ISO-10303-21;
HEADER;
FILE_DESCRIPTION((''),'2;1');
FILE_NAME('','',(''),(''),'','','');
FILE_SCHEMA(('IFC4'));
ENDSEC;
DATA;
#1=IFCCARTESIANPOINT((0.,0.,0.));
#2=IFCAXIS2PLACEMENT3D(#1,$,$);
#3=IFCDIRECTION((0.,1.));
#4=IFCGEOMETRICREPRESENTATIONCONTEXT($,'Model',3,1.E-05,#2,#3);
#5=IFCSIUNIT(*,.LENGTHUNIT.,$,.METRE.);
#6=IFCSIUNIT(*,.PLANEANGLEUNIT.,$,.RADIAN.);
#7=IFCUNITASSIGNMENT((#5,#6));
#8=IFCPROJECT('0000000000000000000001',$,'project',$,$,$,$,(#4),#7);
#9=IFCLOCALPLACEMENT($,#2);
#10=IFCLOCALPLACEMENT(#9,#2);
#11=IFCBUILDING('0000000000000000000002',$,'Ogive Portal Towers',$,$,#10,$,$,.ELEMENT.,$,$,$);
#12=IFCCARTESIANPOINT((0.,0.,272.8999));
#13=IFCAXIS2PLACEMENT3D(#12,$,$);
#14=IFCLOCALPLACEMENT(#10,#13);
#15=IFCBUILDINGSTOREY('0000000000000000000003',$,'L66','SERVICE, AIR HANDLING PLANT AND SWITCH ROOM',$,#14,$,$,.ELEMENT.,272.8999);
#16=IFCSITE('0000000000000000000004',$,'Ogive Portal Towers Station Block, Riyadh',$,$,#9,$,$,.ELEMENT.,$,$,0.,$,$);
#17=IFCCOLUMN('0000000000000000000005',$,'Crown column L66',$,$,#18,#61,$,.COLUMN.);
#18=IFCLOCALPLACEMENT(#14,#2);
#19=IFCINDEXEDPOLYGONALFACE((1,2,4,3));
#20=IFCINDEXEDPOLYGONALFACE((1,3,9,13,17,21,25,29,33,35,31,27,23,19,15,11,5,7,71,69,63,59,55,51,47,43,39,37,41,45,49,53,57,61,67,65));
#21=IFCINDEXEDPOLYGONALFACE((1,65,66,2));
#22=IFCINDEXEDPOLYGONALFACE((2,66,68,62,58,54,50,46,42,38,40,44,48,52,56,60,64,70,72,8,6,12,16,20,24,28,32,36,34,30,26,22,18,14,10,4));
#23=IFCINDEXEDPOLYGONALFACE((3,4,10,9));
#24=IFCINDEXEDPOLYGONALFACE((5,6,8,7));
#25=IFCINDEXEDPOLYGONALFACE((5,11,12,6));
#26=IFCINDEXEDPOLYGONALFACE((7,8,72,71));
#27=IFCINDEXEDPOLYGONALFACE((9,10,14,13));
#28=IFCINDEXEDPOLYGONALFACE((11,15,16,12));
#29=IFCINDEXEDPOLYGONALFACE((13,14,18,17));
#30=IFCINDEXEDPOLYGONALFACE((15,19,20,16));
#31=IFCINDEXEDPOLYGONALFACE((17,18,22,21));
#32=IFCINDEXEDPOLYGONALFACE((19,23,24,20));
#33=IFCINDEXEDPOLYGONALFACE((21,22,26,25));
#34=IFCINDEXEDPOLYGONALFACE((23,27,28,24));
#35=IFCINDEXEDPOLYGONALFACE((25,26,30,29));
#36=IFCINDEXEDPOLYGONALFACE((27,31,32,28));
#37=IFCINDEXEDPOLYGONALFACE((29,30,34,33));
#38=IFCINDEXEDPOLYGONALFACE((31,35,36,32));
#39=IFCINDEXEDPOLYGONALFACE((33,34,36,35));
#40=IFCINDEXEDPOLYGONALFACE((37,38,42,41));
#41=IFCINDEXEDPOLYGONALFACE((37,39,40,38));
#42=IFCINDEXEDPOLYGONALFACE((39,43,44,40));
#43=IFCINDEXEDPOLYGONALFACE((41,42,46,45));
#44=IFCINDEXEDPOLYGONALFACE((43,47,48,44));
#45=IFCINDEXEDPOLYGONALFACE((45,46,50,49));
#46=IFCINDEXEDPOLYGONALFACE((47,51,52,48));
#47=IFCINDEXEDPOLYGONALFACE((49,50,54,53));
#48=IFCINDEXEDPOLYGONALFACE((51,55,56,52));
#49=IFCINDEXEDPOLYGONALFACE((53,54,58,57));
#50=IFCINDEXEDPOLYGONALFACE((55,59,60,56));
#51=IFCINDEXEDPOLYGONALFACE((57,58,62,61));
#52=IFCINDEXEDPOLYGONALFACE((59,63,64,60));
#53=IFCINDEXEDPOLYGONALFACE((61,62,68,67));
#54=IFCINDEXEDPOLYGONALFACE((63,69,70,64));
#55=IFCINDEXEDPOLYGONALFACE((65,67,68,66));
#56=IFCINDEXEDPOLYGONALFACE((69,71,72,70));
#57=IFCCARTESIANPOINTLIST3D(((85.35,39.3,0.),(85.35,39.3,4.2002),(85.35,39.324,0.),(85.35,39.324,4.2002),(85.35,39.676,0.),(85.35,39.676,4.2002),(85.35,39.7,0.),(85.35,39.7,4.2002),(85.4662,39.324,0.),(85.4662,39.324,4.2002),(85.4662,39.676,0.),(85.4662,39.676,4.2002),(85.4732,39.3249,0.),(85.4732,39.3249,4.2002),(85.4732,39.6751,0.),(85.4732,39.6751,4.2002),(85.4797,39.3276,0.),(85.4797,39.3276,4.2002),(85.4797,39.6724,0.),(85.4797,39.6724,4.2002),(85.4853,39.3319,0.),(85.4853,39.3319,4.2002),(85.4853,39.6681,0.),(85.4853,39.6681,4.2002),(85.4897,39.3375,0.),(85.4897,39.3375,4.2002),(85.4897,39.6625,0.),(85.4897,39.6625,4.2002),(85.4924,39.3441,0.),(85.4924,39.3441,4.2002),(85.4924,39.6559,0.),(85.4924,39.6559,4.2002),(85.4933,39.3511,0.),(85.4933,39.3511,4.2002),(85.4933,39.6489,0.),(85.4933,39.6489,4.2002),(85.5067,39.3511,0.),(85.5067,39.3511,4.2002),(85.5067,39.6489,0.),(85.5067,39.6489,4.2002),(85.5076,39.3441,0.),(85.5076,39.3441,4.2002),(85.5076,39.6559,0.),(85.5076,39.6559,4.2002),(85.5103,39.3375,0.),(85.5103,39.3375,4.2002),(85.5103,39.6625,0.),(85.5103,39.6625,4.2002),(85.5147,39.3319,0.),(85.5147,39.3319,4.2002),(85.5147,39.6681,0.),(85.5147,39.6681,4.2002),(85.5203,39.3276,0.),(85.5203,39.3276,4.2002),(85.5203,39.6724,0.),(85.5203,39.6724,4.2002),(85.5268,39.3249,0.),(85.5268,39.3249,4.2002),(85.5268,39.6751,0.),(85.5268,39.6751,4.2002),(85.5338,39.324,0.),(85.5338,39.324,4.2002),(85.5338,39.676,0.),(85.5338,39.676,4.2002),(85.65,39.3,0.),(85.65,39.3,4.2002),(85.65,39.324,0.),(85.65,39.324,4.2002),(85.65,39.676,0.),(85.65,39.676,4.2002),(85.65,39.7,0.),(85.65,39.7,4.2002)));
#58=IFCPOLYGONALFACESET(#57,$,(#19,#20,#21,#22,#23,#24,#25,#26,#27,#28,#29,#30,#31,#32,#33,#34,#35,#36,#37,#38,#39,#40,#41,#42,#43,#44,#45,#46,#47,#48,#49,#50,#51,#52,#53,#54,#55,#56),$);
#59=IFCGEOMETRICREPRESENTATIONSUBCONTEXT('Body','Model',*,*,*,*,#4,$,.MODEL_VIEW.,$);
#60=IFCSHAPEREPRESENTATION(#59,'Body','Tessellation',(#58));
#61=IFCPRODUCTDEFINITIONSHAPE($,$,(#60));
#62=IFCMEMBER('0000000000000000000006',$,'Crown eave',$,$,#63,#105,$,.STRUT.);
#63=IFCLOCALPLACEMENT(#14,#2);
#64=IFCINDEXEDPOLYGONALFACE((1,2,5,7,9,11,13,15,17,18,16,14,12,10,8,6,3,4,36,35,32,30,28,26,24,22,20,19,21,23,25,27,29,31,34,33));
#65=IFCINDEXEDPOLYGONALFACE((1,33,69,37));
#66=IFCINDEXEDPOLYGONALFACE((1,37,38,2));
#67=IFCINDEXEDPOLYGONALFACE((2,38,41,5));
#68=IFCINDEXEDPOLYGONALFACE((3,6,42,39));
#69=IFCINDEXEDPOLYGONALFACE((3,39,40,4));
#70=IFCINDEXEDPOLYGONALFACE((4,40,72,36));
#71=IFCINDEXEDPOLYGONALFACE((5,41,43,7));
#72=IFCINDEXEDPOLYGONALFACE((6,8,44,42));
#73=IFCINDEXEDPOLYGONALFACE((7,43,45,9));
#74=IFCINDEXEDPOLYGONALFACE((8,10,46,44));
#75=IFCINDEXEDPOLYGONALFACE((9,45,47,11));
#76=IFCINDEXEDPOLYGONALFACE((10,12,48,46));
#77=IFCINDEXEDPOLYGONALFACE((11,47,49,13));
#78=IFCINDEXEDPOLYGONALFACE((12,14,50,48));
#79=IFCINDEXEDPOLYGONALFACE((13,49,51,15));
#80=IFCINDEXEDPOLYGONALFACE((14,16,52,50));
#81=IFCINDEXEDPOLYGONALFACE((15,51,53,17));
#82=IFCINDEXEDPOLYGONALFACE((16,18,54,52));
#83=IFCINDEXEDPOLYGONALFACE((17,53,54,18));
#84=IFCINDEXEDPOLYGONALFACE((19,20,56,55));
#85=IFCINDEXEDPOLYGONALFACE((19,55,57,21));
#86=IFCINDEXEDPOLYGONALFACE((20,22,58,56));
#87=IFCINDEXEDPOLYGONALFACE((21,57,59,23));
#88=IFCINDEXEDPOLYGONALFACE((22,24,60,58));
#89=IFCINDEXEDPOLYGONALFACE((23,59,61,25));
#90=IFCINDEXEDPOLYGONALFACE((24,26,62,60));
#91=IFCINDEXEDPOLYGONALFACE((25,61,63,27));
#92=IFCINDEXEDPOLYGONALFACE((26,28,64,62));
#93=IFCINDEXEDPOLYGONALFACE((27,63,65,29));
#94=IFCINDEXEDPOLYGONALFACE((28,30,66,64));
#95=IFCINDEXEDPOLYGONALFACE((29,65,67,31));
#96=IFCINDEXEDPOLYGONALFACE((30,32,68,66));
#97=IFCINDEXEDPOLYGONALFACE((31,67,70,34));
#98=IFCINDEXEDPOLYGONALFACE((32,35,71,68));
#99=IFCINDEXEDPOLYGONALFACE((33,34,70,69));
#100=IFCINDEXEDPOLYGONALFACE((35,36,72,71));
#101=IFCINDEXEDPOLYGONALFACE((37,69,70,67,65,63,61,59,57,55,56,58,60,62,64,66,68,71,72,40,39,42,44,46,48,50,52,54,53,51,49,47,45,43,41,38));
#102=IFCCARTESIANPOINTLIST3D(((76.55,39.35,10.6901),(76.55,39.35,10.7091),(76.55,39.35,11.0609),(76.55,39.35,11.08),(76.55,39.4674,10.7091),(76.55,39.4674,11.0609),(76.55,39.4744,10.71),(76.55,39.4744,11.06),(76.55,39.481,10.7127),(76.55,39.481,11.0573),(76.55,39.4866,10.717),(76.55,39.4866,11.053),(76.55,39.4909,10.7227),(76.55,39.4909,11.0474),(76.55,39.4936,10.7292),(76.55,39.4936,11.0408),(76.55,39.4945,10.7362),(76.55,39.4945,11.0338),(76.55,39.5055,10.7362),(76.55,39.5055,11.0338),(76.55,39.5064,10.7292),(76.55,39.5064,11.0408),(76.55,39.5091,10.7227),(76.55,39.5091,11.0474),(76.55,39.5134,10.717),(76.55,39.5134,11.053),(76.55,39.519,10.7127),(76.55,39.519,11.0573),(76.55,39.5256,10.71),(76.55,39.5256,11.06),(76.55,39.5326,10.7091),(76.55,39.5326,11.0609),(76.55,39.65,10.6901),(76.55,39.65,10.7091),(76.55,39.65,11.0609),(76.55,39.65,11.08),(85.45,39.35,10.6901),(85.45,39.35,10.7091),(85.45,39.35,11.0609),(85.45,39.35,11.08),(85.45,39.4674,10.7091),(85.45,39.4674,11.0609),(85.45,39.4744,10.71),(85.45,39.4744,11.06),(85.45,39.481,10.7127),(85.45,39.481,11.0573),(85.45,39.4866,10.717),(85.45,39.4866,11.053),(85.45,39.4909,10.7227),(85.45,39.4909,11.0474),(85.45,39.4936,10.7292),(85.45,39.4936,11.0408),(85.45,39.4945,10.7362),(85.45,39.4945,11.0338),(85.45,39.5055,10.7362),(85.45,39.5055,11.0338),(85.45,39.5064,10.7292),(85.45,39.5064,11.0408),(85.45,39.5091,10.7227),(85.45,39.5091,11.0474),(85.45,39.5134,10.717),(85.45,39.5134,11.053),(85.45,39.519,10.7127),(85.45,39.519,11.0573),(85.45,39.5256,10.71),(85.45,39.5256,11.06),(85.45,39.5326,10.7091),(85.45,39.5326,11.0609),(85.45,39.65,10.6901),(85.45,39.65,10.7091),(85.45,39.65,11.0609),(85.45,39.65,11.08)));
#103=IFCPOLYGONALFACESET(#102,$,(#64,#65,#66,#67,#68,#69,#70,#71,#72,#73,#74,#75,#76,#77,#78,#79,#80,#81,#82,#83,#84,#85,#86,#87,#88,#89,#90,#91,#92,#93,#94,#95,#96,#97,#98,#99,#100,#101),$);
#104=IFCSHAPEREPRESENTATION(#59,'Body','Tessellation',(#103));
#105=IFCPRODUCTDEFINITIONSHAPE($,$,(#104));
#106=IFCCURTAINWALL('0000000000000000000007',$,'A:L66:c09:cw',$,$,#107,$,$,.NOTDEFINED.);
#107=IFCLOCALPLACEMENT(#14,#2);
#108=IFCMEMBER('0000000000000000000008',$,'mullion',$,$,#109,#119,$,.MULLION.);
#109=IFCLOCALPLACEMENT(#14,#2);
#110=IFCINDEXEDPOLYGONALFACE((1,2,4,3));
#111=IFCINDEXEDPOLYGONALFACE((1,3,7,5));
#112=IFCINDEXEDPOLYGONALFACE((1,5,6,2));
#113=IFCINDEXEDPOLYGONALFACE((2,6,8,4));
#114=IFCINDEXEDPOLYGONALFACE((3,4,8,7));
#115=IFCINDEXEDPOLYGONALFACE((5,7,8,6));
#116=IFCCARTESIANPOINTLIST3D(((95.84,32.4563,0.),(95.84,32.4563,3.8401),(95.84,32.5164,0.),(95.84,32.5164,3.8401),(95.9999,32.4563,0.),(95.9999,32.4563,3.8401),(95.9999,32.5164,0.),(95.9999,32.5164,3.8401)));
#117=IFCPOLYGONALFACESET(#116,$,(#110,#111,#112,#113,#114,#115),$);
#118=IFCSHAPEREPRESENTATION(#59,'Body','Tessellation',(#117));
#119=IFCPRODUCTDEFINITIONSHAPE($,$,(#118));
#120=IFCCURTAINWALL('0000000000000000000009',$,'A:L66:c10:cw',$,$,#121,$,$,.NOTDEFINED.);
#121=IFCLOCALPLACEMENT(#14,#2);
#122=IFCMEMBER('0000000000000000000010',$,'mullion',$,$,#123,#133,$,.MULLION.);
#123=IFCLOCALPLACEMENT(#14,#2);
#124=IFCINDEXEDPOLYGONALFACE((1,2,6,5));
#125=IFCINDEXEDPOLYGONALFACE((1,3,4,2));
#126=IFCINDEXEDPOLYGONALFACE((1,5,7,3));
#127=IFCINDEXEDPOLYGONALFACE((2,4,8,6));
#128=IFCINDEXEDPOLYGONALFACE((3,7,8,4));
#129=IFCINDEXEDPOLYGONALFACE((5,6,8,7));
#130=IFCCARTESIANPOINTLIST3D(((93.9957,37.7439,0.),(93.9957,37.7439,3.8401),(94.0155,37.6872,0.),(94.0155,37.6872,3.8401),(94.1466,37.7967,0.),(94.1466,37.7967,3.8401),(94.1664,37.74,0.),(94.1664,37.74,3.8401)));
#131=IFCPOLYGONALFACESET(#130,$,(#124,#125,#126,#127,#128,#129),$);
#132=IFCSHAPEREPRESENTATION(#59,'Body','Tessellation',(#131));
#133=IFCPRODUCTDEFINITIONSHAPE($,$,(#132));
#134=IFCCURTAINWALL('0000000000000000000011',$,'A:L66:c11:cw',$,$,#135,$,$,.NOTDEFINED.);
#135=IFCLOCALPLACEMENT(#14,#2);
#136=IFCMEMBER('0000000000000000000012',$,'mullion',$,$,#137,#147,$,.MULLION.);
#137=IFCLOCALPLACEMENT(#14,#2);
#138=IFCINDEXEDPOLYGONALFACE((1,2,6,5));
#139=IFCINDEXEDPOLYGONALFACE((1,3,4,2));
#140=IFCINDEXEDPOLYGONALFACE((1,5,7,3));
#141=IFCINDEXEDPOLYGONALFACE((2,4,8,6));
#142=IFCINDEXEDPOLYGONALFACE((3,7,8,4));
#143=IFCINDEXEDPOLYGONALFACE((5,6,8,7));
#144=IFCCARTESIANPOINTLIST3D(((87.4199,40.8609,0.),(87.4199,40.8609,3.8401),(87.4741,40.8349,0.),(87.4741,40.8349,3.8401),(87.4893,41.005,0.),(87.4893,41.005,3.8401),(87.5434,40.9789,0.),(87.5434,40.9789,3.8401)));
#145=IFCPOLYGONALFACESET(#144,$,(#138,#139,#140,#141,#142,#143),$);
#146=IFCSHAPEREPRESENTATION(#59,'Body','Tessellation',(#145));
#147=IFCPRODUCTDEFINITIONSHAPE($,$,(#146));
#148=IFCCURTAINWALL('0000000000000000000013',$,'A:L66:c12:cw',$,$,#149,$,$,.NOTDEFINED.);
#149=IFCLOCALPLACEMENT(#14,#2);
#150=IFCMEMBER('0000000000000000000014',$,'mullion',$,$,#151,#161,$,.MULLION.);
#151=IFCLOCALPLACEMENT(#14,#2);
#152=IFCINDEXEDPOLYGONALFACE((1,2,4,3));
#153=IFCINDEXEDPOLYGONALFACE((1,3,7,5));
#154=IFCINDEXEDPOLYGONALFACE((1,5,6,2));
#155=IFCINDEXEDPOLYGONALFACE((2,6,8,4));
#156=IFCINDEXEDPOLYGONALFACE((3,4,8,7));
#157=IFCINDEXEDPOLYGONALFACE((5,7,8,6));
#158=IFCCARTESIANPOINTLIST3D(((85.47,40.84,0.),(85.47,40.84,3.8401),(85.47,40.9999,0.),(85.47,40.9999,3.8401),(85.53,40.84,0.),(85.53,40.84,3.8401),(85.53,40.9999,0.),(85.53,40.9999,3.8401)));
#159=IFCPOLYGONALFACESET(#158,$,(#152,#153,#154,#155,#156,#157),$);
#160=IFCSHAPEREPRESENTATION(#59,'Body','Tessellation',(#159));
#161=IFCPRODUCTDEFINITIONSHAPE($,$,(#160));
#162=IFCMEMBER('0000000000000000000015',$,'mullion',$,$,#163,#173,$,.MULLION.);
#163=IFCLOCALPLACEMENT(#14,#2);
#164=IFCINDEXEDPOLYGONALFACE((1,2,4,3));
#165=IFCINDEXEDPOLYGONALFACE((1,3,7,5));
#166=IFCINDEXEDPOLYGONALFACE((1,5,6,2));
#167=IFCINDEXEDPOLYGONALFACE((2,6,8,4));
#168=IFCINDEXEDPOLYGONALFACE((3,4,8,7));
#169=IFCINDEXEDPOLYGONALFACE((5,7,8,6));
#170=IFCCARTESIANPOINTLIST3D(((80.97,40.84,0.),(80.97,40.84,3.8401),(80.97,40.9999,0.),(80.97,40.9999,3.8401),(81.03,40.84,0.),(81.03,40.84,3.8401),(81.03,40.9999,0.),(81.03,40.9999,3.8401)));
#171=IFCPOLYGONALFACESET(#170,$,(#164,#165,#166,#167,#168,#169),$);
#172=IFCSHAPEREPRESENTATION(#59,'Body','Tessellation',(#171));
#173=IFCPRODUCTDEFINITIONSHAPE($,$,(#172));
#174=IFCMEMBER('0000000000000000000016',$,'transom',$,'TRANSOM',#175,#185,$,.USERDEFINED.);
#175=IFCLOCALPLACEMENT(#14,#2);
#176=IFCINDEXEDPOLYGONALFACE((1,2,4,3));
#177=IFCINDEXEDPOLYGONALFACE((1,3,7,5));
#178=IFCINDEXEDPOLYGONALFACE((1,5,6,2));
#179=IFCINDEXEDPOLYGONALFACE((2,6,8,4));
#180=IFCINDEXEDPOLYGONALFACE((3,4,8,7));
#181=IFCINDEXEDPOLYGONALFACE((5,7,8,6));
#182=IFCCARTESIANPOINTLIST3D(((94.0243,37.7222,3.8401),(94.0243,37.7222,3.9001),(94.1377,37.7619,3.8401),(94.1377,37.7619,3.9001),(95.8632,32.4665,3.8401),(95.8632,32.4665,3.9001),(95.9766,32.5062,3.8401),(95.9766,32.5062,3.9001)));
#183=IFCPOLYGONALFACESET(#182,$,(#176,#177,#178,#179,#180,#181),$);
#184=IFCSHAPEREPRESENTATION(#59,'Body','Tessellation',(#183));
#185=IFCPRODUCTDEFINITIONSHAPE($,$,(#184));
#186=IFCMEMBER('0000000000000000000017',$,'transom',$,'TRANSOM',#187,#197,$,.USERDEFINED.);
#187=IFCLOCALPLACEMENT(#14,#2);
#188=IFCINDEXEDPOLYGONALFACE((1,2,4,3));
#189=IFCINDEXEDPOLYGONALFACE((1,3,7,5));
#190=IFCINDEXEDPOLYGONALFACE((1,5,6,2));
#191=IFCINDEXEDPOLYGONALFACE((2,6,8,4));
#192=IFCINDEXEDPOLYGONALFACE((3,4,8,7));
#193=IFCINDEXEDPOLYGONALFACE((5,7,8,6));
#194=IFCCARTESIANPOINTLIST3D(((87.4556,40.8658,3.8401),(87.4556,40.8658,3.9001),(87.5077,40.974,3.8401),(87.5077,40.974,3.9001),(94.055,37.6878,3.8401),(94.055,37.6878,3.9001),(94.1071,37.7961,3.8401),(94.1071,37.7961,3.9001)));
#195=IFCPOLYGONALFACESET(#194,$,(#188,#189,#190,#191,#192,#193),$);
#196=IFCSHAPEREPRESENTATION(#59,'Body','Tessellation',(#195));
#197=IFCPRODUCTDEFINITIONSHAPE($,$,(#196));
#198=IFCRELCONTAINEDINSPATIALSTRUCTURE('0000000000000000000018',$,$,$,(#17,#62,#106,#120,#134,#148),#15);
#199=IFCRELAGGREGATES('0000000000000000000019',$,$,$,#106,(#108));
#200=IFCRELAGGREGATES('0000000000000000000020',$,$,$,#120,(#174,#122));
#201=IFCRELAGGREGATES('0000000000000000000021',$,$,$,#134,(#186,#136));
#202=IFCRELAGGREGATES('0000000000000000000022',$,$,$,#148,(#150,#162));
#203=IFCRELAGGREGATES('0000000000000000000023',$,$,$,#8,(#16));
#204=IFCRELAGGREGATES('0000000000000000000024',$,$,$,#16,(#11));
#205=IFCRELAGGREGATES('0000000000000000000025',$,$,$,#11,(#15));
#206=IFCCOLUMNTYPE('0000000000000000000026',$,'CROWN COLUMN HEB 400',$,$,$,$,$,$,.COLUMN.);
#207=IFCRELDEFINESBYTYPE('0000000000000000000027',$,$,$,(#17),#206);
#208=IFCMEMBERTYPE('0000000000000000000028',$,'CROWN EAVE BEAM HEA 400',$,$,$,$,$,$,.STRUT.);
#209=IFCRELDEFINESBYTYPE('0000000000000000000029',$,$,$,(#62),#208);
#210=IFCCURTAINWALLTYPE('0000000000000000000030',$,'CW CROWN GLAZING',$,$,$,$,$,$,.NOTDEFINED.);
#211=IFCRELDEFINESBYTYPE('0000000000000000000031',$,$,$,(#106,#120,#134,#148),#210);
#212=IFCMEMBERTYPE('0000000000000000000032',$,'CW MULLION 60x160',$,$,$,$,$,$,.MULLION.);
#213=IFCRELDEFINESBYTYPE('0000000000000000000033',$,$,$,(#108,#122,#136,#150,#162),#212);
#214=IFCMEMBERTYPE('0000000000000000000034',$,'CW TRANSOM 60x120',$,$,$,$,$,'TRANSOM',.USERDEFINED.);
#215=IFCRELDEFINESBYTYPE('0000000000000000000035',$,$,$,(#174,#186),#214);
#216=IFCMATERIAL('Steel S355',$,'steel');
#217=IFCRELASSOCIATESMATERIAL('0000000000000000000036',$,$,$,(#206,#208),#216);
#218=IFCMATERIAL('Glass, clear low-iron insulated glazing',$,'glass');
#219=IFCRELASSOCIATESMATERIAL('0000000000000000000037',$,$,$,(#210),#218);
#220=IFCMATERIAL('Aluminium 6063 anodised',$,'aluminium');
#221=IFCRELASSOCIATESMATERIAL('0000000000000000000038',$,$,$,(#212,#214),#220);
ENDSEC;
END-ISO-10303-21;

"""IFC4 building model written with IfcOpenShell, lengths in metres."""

from ifc_helpers import new_model, si_unit, direction, frame, origin, origin_2d, place, context, subcontext, project, spatial, rectangle, i_section, extrude, material, material_profile, profile_set, type_object, element, aggregate, save


model = new_model("IFC4")

# Units and contexts
model_context = context("Model", 3, precision=1e-05, world=origin(), true_north=direction((0.0, 1.0)))
body_context = subcontext(model_context, "Body", "Model", "MODEL_VIEW")
ifc_project = project(units=[si_unit("LENGTHUNIT", "METRE"), si_unit("PLANEANGLEUNIT", "RADIAN")], contexts=[model_context])

# Site, building, storey
site_placement = place(None, origin())
site = spatial("IfcSite", under=ifc_project, at=site_placement, Name="Ogive Portal Towers Station Block, Riyadh", CompositionType="ELEMENT", RefElevation=0.0)
building_placement = place(site_placement, origin())
building = spatial("IfcBuilding", under=site, at=building_placement, Name="Ogive Portal Towers", CompositionType="ELEMENT")
storey_placement = place(building_placement, frame((0.0, 0.0, 272.8999)))
storey = spatial("IfcBuildingStorey", under=building, at=storey_placement, Name="L66", Description="SERVICE, AIR HANDLING PLANT AND SWITCH ROOM", CompositionType="ELEMENT", Elevation=272.8999)

# Column
ifc_material_1 = material(Name="Steel S355", Category="steel")
ifc_material_profile_1 = material_profile(ifc_material_1, i_section(OverallWidth=0.3, OverallDepth=0.3999, WebThickness=0.0134, FlangeThickness=0.0239, FilletRadius=0.0271, at=origin_2d()), Name="HEB 400")
ifc_profile_set_1 = profile_set([ifc_material_profile_1], Name="Steel S355")
column_type = type_object("IfcColumnType", Name="CROWN COLUMN HEB 400", PredefinedType="COLUMN", material=ifc_profile_set_1)
column_placement = place(storey_placement, frame((85.5, 39.5, 0.0), z_axis=(0.0, 0.0, 1.0), x_axis=(1.0, 0.0, 0.0)))
element("IfcColumn", 1, at=column_placement, inside=storey, type_object=column_type, Name="Crown column L66", PredefinedType="COLUMN", context=body_context, shape_type="SweptSolid", body=[
    extrude(i_section(OverallWidth=0.3, OverallDepth=0.3999, WebThickness=0.0134, FlangeThickness=0.0239, FilletRadius=0.0271, at=origin_2d()), origin(), (0.0, 0.0, 1.0), 4.2002),
])

# Member
ifc_material_profile_2 = material_profile(ifc_material_1, i_section(OverallWidth=0.3, OverallDepth=0.3899, WebThickness=0.011, FlangeThickness=0.019, FilletRadius=0.0271, at=origin_2d()), Name="HEA 400")
ifc_profile_set_2 = profile_set([ifc_material_profile_2], Name="Steel S355")
member_type_1 = type_object("IfcMemberType", Name="CROWN EAVE BEAM HEA 400", PredefinedType="STRUT", material=ifc_profile_set_2)
member_1_placement = place(storey_placement, frame((76.55, 39.5, 10.885), z_axis=(1.0, 0.0, 0.0), x_axis=(0.0, 1.0, 0.0)))
element("IfcMember", 2, at=member_1_placement, inside=storey, type_object=member_type_1, Name="Crown eave", PredefinedType="STRUT", context=body_context, shape_type="SweptSolid", body=[
    extrude(i_section(OverallWidth=0.3, OverallDepth=0.3899, WebThickness=0.011, FlangeThickness=0.019, FilletRadius=0.0271, at=origin_2d()), origin(), (0.0, 0.0, 1.0), 8.8999),
])

# Curtain walls, members
ifc_material_2 = material(Name="Glass, clear low-iron insulated glazing", Category="glass")
curtain_wall_type = type_object("IfcCurtainWallType", Name="CW CROWN GLAZING", PredefinedType="NOTDEFINED", material=ifc_material_2)
curtain_wall_1_placement = place(storey_placement, origin())
curtain_wall_1 = element("IfcCurtainWall", 3, at=curtain_wall_1_placement, inside=storey, type_object=curtain_wall_type, Name="A:L66:c09:cw", PredefinedType="NOTDEFINED")
ifc_material_3 = material(Name="Aluminium 6063 anodised", Category="aluminium")
ifc_material_profile_3 = material_profile(ifc_material_3, rectangle(XDim=0.1599, YDim=0.0601, at=origin_2d()), Name="AL 60x160")
ifc_profile_set_3 = profile_set([ifc_material_profile_3], Name="Aluminium 6063 anodised")
member_type_2 = type_object("IfcMemberType", Name="CW MULLION 60x160", PredefinedType="MULLION", material=ifc_profile_set_3)
member_2_placement = place(storey_placement, frame((95.9199, 32.4863, 0.0), z_axis=(0.0, 0.0, 1.0), x_axis=(-1.0, 0.0, 0.0)))
member_2 = element("IfcMember", 4, at=member_2_placement, type_object=member_type_2, Name="mullion", PredefinedType="MULLION", context=body_context, shape_type="SweptSolid", body=[
    extrude(rectangle(XDim=0.1599, YDim=0.0601, at=origin_2d()), origin(), (0.0, 0.0, 1.0), 3.8401),
])
curtain_wall_2_placement = place(storey_placement, origin())
curtain_wall_2 = element("IfcCurtainWall", 5, at=curtain_wall_2_placement, inside=storey, type_object=curtain_wall_type, Name="A:L66:c10:cw", PredefinedType="NOTDEFINED")
member_3_placement = place(storey_placement, frame((94.0811, 37.7419, 0.0), z_axis=(0.0, 0.0, 1.0), x_axis=(-0.943883, -0.330279, 0.0)))
member_3 = element("IfcMember", 6, at=member_3_placement, type_object=member_type_2, Name="mullion", PredefinedType="MULLION", context=body_context, shape_type="SweptSolid", body=[
    extrude(rectangle(XDim=0.1599, YDim=0.0601, at=origin_2d()), origin(), (0.0, 0.0, 1.0), 3.8401),
])
curtain_wall_3_placement = place(storey_placement, origin())
curtain_wall_3 = element("IfcCurtainWall", 7, at=curtain_wall_3_placement, inside=storey, type_object=curtain_wall_type, Name="A:L66:c11:cw", PredefinedType="NOTDEFINED")
member_4_placement = place(storey_placement, frame((87.4817, 40.9199, 0.0), z_axis=(0.0, 0.0, 1.0), x_axis=(-0.433884, -0.900969, 0.0)))
member_4 = element("IfcMember", 8, at=member_4_placement, type_object=member_type_2, Name="mullion", PredefinedType="MULLION", context=body_context, shape_type="SweptSolid", body=[
    extrude(rectangle(XDim=0.1599, YDim=0.0601, at=origin_2d()), origin(), (0.0, 0.0, 1.0), 3.8401),
])

# Curtain wall, members
curtain_wall_4_placement = place(storey_placement, origin())
curtain_wall_4 = element("IfcCurtainWall", 9, at=curtain_wall_4_placement, inside=storey, type_object=curtain_wall_type, Name="A:L66:c12:cw", PredefinedType="NOTDEFINED")
member_5_placement = place(storey_placement, frame((85.5, 40.9199, 0.0), z_axis=(0.0, 0.0, 1.0), x_axis=(0.0, -1.0, 0.0)))
member_5 = element("IfcMember", 10, at=member_5_placement, type_object=member_type_2, Name="mullion", PredefinedType="MULLION", context=body_context, shape_type="SweptSolid", body=[
    extrude(rectangle(XDim=0.1599, YDim=0.0601, at=origin_2d()), origin(), (0.0, 0.0, 1.0), 3.8401),
])
member_6_placement = place(storey_placement, frame((81.0, 40.9199, 0.0), z_axis=(0.0, 0.0, 1.0), x_axis=(0.0, -1.0, 0.0)))
member_6 = element("IfcMember", 11, at=member_6_placement, type_object=member_type_2, Name="mullion", PredefinedType="MULLION", context=body_context, shape_type="SweptSolid", body=[
    extrude(rectangle(XDim=0.1599, YDim=0.0601, at=origin_2d()), origin(), (0.0, 0.0, 1.0), 3.8401),
])

# Members
ifc_material_profile_4 = material_profile(ifc_material_3, rectangle(XDim=0.1201, YDim=0.0601, at=origin_2d()), Name="AL 120x60")
ifc_profile_set_4 = profile_set([ifc_material_profile_4], Name="Aluminium 6063 anodised")
member_type_3 = type_object("IfcMemberType", Name="CW TRANSOM 60x120", ElementType="TRANSOM", PredefinedType="USERDEFINED", material=ifc_profile_set_4)
member_7_placement = place(storey_placement, frame((95.9199, 32.4863, 3.8701), z_axis=(-0.330255, 0.943892, 0.0), x_axis=(-0.943892, -0.330255, 0.0)))
member_7 = element("IfcMember", 12, at=member_7_placement, type_object=member_type_3, Name="transom", ObjectType="TRANSOM", PredefinedType="USERDEFINED", context=body_context, shape_type="SweptSolid", body=[
    extrude(rectangle(XDim=0.1201, YDim=0.0601, at=origin_2d()), origin(), (0.0, 0.0, 1.0), 5.5681),
])
member_8_placement = place(storey_placement, frame((94.0811, 37.7419, 3.8701), z_axis=(-0.900975, 0.433872, 0.0), x_axis=(-0.433872, -0.900975, 0.0)))
member_8 = element("IfcMember", 13, at=member_8_placement, type_object=member_type_3, Name="transom", ObjectType="TRANSOM", PredefinedType="USERDEFINED", context=body_context, shape_type="SweptSolid", body=[
    extrude(rectangle(XDim=0.1201, YDim=0.0601, at=origin_2d()), origin(), (0.0, 0.0, 1.0), 7.3247),
])

aggregate(curtain_wall_1, [member_2])
aggregate(curtain_wall_2, [member_7, member_3])
aggregate(curtain_wall_3, [member_8, member_4])
aggregate(curtain_wall_4, [member_5, member_6])

save(model, "model.ifc")
